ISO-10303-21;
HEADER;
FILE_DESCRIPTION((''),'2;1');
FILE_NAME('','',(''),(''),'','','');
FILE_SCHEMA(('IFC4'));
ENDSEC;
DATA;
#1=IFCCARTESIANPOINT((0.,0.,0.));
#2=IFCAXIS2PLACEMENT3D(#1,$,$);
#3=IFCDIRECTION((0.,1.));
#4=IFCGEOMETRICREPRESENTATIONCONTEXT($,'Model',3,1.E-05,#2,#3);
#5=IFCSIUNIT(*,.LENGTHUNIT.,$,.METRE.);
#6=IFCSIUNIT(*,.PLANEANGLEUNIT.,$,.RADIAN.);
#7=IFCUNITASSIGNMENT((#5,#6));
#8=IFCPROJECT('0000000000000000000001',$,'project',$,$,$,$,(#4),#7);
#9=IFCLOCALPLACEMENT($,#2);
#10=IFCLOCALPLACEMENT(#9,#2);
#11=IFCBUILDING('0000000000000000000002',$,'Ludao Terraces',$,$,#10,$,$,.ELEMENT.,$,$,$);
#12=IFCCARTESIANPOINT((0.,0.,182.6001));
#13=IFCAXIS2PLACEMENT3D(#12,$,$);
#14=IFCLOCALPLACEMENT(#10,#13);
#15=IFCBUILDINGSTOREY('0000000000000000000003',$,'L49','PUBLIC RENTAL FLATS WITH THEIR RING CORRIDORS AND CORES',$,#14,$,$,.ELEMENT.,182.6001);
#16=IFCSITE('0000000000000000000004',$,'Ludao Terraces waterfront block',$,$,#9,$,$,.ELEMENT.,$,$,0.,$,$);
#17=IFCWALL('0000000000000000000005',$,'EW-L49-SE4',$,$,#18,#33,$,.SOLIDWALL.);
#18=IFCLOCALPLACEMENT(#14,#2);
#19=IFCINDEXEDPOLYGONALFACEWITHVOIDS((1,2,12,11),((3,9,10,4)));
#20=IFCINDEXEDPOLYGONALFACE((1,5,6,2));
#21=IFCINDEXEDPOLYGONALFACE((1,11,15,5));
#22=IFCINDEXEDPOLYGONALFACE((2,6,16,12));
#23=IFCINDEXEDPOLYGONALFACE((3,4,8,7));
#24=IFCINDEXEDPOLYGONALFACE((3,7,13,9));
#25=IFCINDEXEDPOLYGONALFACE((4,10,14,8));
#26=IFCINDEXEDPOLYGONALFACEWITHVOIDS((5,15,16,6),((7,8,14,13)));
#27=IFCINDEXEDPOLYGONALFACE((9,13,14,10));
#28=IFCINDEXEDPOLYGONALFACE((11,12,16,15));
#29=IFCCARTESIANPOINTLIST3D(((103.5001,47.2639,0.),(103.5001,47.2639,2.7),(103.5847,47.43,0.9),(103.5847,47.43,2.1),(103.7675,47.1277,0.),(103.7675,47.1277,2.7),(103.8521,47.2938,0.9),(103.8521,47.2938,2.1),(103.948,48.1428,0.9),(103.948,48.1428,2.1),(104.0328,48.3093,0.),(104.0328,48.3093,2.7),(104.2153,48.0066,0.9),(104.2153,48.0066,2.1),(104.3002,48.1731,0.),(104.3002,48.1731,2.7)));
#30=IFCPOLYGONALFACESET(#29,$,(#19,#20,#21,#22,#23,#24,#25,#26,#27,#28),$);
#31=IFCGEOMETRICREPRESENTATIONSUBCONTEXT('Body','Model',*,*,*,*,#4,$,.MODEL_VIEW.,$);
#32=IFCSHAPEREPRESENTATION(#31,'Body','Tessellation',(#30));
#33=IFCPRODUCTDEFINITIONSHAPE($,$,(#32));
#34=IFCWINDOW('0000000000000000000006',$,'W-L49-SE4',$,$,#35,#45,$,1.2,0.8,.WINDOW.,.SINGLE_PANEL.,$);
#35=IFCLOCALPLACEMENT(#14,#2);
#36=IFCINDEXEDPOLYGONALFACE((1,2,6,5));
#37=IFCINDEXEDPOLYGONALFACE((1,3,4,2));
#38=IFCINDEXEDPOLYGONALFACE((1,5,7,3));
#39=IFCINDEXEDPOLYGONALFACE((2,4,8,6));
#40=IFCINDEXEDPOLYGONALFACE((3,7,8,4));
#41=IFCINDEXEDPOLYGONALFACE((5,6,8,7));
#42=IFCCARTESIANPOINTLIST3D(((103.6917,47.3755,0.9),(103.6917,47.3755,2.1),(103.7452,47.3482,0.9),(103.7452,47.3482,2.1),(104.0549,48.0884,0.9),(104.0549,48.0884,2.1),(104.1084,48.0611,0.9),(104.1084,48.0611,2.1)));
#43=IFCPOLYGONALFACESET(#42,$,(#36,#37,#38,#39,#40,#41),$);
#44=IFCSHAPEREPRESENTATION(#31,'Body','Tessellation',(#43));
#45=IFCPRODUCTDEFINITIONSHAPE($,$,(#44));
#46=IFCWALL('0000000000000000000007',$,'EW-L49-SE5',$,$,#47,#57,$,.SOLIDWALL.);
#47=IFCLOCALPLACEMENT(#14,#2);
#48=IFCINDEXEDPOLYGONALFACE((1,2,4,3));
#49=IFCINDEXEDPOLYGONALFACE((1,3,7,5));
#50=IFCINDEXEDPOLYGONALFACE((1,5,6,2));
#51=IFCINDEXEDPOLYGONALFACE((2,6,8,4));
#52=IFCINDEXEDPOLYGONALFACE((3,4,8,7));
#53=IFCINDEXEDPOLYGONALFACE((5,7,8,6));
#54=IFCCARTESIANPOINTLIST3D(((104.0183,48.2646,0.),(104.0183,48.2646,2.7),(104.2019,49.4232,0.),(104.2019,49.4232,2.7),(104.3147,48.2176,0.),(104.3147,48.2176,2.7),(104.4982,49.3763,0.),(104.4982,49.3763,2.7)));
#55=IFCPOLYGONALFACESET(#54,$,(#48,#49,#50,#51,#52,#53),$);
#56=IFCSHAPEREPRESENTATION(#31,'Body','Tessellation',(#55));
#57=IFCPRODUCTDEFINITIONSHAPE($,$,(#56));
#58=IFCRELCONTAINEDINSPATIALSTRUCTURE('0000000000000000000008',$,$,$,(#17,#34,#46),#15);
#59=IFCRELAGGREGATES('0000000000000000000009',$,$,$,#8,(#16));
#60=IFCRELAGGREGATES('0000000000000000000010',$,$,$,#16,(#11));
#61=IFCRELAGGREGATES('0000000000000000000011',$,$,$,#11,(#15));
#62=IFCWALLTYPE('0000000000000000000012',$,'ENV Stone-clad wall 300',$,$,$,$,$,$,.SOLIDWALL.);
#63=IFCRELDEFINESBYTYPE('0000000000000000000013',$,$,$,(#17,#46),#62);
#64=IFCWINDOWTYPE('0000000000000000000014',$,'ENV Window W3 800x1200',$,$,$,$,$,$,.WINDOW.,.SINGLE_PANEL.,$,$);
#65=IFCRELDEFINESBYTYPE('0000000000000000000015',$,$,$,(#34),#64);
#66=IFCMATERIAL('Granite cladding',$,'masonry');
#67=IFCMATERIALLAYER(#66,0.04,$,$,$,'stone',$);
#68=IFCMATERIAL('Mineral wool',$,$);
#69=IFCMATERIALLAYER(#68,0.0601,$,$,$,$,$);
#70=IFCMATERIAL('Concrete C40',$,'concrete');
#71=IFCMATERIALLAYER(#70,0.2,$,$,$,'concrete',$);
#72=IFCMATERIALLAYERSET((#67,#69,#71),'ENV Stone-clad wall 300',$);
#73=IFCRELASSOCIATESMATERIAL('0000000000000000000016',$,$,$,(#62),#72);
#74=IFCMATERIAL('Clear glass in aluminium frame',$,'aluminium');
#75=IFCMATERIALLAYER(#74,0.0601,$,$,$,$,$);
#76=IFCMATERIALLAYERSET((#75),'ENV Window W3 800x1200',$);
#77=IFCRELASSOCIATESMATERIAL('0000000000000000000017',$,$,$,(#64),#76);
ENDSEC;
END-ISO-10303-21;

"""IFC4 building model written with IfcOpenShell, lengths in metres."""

from ifc_helpers import new_model, si_unit, direction, frame, frame_2d, origin, place, context, subcontext, project, spatial, rectangle, extrude, material, layer, layer_set, type_object, element, fill, save


model = new_model("IFC4")

# Units and contexts
model_context = context("Model", 3, precision=1e-05, world=origin(), true_north=direction((0.0, 1.0)))
body_context = subcontext(model_context, "Body", "Model", "MODEL_VIEW")
ifc_project = project(units=[si_unit("LENGTHUNIT", "METRE"), si_unit("PLANEANGLEUNIT", "RADIAN")], contexts=[model_context])

# Site, building, storey
site_placement = place(None, origin())
site = spatial("IfcSite", under=ifc_project, at=site_placement, Name="Ludao Terraces waterfront block", CompositionType="ELEMENT", RefElevation=0.0)
building_placement = place(site_placement, origin())
building = spatial("IfcBuilding", under=site, at=building_placement, Name="Ludao Terraces", CompositionType="ELEMENT")
storey_placement = place(building_placement, frame((0.0, 0.0, 182.6001)))
storey = spatial("IfcBuildingStorey", under=building, at=storey_placement, Name="L49", Description="PUBLIC RENTAL FLATS WITH THEIR RING CORRIDORS AND CORES", CompositionType="ELEMENT", Elevation=182.6001)

# Shared definitions
ifc_material_1 = material(Name="Concrete C40", Category="concrete")

# Wall, opening, window
ifc_material_2 = material(Name="Granite cladding", Category="masonry")
ifc_layer_1 = layer(ifc_material_2, 0.04, Category="stone")
ifc_material_3 = material(Name="Mineral wool")
ifc_layer_2 = layer(ifc_material_3, 0.0601)
ifc_layer_3 = layer(ifc_material_1, 0.2, Category="concrete")
ifc_layer_set_1 = layer_set([ifc_layer_1, ifc_layer_2, ifc_layer_3], Name="ENV Stone-clad wall 300")
wall_type = type_object("IfcWallType", Name="ENV Stone-clad wall 300", PredefinedType="SOLIDWALL", material=ifc_layer_set_1)
ifc_material_4 = material(Name="Clear glass in aluminium frame", Category="aluminium")
ifc_layer_4 = layer(ifc_material_4, 0.0601)
ifc_layer_set_2 = layer_set([ifc_layer_4], Name="ENV Window W3 800x1200")
window_type_1 = type_object("IfcWindowType", Name="ENV Window W3 800x1200", PartitioningType="SINGLE_PANEL", PredefinedType="WINDOW", material=ifc_layer_set_2)
wall_1_placement = place(storey_placement, frame((103.6338, 47.1958, 0.0), z_axis=(0.0, 0.0, 1.0), x_axis=(0.454026, 0.890989, 0.0)))
wall_1 = element("IfcWall", 1, at=wall_1_placement, inside=storey, type_object=wall_type, Name="EW-L49-SE4", PredefinedType="SOLIDWALL", context=body_context, shape_type="SweptSolid", body=[
    extrude(rectangle(XDim=1.1733, YDim=0.3, at=frame_2d((0.5867, 0.0))), origin(), (0.0, 0.0, 1.0), 2.7),
])
opening_1_placement = place(wall_1_placement, frame((0.1865, 0.0, 0.8999)))
opening_1 = element("IfcOpeningElement", 2, at=opening_1_placement, cuts=wall_1, PredefinedType="OPENING", context=body_context, shape_type="SweptSolid", body=[
    extrude(rectangle(XDim=0.8, YDim=1.2, at=frame_2d((0.3999, 0.6001))), frame((0.0, 0.1602, 0.0), z_axis=(0.0, -1.0, 0.0), x_axis=(1.0, 0.0, 0.0)), (0.0, 0.0, 1.0), 0.3201),
])
window_1_placement = place(opening_1_placement, origin())
window_1 = element("IfcWindow", 3, at=window_1_placement, inside=storey, type_object=window_type_1, Name="W-L49-SE4", OverallHeight=1.2, OverallWidth=0.8, PartitioningType="SINGLE_PANEL", PredefinedType="WINDOW", context=body_context, shape_type="SweptSolid", body=[
    extrude(rectangle(XDim=0.8, YDim=1.2, at=frame_2d((0.3999, 0.6001))), frame((0.0, 0.03, 0.0), z_axis=(0.0, -1.0, 0.0), x_axis=(1.0, 0.0, 0.0)), (0.0, 0.0, 1.0), 0.0601),
])
fill(opening_1, window_1)

# Wall
wall_2_placement = place(storey_placement, frame((104.1665, 48.2412, 0.0), z_axis=(0.0, 0.0, 1.0), x_axis=(0.156497, 0.987678, 0.0)))
element("IfcWall", 4, at=wall_2_placement, inside=storey, type_object=wall_type, Name="EW-L49-SE5", PredefinedType="SOLIDWALL", context=body_context, shape_type="SweptSolid", body=[
    extrude(rectangle(XDim=1.1731, YDim=0.3, at=frame_2d((0.5864, 0.0))), origin(), (0.0, 0.0, 1.0), 2.7),
])

save(model, "model.ifc")
